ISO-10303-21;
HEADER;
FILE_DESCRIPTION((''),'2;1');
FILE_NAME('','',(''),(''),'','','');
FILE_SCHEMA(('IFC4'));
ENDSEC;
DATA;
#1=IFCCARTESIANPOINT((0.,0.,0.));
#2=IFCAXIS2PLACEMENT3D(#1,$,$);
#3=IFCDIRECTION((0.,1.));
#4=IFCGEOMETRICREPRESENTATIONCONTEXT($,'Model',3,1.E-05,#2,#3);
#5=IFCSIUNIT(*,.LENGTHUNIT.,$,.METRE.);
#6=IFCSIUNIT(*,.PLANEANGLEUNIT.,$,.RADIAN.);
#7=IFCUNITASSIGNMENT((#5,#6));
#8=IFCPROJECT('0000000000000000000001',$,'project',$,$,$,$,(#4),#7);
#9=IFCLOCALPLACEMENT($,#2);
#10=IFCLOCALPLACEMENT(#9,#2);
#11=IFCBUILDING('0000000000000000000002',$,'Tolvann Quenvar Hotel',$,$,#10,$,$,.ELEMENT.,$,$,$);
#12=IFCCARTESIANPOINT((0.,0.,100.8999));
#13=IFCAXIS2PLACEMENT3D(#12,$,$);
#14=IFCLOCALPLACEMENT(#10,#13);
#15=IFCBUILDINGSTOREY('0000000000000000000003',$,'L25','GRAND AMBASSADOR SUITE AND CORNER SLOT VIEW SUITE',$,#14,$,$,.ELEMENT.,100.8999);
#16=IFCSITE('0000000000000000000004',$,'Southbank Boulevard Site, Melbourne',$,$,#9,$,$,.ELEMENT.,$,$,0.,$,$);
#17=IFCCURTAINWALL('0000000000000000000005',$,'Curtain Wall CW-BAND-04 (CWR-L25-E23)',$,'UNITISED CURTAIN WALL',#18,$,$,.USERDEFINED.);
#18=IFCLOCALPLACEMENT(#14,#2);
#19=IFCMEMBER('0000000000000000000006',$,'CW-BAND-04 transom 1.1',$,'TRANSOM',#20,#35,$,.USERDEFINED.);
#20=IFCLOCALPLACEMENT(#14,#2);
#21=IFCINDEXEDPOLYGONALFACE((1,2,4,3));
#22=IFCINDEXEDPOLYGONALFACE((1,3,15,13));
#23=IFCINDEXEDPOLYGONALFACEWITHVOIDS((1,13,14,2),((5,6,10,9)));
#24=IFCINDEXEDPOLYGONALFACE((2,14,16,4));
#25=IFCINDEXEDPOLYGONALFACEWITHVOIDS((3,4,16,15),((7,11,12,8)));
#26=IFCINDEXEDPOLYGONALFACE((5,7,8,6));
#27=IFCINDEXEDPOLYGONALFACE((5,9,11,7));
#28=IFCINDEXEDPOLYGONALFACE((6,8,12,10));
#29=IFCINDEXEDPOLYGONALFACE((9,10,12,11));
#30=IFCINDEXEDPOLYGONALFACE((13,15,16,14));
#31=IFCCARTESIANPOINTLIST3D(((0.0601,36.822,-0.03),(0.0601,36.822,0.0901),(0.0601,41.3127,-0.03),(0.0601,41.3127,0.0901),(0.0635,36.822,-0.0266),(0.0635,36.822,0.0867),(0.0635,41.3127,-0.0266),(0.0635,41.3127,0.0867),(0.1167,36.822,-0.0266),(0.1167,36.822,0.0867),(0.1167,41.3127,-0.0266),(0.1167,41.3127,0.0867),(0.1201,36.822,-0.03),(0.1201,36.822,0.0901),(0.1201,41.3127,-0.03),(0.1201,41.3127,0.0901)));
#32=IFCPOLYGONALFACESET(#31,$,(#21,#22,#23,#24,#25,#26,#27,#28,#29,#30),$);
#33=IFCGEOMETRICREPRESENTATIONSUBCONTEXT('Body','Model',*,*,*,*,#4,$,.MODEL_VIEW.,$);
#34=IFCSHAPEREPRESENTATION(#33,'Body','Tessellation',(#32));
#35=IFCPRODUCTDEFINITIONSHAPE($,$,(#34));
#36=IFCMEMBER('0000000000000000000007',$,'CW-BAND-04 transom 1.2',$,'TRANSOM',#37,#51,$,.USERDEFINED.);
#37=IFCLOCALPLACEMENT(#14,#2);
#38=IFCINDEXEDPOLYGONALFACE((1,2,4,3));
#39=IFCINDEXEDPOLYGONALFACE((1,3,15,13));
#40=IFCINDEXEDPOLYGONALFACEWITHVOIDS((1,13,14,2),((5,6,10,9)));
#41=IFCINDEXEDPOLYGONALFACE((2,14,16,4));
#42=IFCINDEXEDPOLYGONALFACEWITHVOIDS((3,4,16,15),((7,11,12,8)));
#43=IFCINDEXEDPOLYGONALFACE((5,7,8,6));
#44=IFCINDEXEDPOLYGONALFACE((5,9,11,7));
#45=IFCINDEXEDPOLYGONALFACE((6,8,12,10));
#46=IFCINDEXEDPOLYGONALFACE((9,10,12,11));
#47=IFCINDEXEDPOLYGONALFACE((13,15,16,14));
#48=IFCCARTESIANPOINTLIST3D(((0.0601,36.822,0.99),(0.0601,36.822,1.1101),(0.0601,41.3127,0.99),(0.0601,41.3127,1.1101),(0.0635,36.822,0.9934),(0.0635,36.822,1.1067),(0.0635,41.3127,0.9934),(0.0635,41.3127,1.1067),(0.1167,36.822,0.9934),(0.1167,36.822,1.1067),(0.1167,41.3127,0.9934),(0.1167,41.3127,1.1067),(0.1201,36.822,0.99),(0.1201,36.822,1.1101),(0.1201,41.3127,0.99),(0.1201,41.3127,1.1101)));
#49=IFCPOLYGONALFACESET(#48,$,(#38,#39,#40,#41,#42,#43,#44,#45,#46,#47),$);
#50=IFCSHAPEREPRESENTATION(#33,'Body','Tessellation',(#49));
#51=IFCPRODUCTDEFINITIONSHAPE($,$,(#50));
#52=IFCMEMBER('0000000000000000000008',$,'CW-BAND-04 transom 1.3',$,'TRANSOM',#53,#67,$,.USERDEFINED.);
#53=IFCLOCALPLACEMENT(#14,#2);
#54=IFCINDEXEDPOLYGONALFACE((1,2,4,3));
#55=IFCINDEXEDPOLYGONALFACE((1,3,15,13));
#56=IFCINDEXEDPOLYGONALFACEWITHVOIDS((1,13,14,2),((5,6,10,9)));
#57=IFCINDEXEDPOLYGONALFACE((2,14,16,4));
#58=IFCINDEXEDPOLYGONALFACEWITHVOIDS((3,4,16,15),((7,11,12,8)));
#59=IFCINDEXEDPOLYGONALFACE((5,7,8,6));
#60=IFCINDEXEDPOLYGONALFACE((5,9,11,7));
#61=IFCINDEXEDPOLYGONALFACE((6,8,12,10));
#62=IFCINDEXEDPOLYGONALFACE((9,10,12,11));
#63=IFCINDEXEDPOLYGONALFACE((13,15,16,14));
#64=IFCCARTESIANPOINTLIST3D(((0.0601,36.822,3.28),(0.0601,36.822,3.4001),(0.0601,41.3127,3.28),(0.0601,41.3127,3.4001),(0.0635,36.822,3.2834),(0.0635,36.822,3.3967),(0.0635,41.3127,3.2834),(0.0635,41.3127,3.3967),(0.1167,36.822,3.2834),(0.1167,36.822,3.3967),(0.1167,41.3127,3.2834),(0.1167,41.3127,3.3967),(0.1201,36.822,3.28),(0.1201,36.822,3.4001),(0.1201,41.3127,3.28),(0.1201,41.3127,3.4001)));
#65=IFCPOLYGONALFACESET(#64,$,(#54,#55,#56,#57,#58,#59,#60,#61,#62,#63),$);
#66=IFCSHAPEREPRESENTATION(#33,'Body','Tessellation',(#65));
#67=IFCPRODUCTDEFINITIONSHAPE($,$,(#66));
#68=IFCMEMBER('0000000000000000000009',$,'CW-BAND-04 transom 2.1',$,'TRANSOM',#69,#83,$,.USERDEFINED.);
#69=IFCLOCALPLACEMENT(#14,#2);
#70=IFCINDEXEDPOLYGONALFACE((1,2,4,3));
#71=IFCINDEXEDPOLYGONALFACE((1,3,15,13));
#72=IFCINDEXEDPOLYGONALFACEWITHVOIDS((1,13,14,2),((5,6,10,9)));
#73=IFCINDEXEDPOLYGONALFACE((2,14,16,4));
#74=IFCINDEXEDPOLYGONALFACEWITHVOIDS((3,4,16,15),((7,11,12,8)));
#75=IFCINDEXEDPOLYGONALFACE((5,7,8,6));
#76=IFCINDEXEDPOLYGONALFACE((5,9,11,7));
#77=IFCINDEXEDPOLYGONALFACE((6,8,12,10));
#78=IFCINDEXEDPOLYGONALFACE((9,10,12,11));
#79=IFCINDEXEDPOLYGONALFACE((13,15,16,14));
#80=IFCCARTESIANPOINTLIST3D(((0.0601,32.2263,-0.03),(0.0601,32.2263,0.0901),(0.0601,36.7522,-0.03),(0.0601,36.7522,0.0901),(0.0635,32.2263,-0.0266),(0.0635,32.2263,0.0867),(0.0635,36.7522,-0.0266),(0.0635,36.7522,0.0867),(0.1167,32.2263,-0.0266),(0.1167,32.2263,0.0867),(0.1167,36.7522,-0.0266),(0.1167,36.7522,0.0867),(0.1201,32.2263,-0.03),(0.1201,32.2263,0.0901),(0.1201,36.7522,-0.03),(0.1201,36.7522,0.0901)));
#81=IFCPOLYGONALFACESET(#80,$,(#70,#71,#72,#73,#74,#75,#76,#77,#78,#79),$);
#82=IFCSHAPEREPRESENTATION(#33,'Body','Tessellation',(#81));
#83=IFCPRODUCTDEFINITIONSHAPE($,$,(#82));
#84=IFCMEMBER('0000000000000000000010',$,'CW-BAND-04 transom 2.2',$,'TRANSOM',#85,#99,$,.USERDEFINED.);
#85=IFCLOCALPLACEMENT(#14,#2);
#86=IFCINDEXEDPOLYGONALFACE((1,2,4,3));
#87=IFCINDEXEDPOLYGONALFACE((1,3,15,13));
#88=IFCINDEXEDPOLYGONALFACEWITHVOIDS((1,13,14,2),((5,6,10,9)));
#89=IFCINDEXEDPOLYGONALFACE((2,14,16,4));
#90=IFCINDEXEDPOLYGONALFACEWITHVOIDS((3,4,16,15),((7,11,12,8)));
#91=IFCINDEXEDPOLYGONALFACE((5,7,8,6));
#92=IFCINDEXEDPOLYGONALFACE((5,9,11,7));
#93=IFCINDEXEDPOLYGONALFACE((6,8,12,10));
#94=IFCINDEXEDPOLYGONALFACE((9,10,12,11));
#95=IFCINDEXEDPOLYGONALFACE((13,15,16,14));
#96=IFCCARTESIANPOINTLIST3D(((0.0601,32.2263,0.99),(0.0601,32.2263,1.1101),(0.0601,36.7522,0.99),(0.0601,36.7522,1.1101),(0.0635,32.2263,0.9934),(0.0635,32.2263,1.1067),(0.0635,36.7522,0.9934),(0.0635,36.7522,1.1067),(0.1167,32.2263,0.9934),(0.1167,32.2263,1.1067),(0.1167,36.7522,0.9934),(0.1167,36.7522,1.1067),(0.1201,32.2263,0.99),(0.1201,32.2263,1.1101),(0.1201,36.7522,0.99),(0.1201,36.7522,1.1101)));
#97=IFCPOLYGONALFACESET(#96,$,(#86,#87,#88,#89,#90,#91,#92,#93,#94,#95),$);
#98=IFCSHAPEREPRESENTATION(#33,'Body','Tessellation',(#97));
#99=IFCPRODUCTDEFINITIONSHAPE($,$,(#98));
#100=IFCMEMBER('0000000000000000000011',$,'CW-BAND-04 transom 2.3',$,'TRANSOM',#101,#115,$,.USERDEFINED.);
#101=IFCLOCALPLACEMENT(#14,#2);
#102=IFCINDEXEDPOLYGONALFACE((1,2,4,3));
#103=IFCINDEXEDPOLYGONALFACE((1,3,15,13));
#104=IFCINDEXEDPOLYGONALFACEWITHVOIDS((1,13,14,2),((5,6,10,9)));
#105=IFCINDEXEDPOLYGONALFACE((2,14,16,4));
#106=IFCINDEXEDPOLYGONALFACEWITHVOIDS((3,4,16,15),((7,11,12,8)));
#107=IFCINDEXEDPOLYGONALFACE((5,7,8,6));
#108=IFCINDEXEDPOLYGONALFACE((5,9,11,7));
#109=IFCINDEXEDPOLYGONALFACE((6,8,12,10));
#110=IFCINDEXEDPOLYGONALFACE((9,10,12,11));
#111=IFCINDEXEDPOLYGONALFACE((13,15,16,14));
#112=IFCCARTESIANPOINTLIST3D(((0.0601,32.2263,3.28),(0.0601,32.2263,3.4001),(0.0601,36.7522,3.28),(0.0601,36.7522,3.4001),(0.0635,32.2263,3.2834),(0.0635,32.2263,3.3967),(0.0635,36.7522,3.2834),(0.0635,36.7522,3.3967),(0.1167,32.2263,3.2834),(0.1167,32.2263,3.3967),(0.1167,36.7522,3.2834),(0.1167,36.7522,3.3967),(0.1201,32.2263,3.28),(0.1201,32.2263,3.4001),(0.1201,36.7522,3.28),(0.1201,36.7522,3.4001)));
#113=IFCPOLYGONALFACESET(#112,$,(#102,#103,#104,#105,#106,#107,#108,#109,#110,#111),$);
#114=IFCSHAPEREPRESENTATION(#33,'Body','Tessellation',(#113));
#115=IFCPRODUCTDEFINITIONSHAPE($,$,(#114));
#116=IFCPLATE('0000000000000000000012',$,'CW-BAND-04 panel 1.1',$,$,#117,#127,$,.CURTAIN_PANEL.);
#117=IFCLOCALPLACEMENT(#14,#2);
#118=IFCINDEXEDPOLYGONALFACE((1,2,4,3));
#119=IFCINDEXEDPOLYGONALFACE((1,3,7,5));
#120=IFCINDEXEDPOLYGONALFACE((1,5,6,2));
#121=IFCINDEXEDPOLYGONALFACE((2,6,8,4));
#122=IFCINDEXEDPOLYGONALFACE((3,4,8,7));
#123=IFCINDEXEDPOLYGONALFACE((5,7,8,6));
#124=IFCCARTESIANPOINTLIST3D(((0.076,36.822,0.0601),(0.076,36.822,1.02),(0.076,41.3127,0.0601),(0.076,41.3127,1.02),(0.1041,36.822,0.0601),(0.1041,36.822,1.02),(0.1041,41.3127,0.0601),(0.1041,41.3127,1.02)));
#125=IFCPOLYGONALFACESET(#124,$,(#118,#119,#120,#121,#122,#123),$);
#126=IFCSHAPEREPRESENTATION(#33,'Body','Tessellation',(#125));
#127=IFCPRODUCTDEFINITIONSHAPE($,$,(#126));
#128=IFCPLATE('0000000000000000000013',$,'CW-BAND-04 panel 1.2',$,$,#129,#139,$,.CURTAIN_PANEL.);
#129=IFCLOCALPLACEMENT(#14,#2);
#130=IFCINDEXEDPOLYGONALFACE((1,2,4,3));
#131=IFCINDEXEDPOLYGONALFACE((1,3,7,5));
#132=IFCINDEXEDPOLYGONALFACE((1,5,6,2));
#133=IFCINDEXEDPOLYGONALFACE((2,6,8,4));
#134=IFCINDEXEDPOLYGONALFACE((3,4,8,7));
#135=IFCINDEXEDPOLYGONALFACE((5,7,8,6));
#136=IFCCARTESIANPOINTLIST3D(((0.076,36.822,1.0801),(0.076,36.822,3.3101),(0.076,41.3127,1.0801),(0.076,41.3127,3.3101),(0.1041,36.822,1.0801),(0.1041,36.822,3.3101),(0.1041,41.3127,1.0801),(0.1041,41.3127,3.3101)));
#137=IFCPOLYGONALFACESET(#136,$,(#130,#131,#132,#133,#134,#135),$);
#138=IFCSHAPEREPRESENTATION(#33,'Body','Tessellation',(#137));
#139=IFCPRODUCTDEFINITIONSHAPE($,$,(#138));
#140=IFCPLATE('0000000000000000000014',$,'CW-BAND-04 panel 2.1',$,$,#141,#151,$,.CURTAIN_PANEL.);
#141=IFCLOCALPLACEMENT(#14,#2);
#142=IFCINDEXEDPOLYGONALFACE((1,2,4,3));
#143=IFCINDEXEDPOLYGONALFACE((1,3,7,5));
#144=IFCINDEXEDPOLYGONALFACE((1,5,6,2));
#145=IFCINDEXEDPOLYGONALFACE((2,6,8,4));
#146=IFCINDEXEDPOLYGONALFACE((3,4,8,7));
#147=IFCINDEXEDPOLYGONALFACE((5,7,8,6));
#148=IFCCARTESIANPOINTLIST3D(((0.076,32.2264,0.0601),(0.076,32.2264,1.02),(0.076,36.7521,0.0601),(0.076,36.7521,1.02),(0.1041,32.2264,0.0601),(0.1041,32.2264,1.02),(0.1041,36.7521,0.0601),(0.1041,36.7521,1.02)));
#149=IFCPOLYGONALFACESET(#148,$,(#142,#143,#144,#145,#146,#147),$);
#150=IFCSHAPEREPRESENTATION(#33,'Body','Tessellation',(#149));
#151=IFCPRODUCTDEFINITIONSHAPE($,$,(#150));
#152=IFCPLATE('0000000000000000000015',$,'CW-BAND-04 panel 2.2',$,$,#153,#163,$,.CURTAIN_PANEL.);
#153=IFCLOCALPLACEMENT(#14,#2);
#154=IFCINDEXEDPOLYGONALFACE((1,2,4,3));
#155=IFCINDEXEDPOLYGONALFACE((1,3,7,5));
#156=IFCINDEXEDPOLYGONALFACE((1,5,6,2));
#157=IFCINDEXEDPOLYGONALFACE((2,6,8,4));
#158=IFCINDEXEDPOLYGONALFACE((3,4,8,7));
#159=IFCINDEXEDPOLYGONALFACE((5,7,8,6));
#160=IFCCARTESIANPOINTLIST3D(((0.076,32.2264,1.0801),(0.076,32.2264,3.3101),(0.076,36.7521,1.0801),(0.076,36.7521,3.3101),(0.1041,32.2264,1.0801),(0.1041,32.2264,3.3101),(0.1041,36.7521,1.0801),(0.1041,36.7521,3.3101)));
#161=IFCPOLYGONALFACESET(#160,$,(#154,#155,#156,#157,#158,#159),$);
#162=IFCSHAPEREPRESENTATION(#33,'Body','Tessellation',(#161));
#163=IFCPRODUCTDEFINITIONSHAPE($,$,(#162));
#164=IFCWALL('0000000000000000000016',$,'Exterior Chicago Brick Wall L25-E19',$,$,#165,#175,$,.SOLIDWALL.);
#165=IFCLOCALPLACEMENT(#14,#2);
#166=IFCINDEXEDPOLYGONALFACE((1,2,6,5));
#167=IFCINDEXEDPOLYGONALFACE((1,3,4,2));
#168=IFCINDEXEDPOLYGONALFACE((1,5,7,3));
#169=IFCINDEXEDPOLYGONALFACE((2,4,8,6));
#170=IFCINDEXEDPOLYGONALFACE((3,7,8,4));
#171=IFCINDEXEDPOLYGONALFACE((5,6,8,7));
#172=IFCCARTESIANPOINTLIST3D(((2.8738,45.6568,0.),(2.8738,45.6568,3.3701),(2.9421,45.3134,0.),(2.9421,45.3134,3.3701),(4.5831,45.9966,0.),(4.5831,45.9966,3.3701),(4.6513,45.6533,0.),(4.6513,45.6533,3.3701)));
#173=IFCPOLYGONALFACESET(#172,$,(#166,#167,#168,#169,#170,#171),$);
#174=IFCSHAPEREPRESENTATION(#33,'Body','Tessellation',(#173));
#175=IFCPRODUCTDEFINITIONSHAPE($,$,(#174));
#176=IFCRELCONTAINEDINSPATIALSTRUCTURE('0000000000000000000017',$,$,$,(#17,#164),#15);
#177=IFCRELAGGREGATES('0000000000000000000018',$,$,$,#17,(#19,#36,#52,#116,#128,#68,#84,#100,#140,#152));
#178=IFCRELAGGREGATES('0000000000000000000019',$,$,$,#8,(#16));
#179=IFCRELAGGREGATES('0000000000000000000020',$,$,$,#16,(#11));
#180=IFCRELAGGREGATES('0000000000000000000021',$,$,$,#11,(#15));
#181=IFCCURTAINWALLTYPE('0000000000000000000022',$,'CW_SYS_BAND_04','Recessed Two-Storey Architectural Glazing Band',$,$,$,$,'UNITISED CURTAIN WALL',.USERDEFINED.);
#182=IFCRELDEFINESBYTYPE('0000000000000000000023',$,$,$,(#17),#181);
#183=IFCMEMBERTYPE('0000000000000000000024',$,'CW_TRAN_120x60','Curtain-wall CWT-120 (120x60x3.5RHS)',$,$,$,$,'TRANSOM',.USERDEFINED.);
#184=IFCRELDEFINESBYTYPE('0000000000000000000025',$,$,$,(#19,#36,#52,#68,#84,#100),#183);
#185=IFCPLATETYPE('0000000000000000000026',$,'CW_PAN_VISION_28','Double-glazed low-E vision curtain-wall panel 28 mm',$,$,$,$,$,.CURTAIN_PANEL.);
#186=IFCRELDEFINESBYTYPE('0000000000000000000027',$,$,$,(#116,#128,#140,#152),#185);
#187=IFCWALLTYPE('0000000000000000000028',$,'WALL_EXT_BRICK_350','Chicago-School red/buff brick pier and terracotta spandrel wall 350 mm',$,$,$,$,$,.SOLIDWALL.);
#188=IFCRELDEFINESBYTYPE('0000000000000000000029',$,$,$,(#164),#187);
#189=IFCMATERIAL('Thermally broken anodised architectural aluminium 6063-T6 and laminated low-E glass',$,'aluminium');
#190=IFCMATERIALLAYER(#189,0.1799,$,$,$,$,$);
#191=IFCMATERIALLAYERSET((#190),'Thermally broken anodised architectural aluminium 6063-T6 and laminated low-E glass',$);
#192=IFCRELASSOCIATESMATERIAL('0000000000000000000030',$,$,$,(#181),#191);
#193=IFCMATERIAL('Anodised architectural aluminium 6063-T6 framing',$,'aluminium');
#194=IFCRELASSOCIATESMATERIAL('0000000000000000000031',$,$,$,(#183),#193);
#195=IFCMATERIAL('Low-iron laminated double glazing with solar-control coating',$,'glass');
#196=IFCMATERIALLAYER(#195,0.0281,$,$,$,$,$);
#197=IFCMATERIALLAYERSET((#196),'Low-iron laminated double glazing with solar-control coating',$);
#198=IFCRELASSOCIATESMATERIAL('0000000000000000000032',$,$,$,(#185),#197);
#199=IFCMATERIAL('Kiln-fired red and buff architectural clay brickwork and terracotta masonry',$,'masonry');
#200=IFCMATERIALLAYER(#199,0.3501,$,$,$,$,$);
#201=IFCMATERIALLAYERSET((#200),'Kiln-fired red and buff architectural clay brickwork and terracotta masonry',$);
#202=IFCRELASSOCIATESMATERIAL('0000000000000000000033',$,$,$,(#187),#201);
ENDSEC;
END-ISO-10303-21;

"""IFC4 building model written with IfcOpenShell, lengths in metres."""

from ifc_helpers import new_model, si_unit, direction, frame, frame_2d, origin, origin_2d, place, context, subcontext, project, spatial, rectangle, hollow_rectangle, extrude, source, transform, mapped, material, layer, layer_set, material_profile, profile_set, type_object, type_shapes, element, aggregate, save


model = new_model("IFC4")

# Units and contexts
model_context = context("Model", 3, precision=1e-05, world=origin(), true_north=direction((0.0, 1.0)))
body_context = subcontext(model_context, "Body", "Model", "MODEL_VIEW")
ifc_project = project(units=[si_unit("LENGTHUNIT", "METRE"), si_unit("PLANEANGLEUNIT", "RADIAN")], contexts=[model_context])

# Site, building, storey
site_placement = place(None, origin())
site = spatial("IfcSite", under=ifc_project, at=site_placement, Name="Southbank Boulevard Site, Melbourne", CompositionType="ELEMENT", RefElevation=0.0)
building_placement = place(site_placement, origin())
building = spatial("IfcBuilding", under=site, at=building_placement, Name="Tolvann Quenvar Hotel", CompositionType="ELEMENT")
storey_placement = place(building_placement, frame((0.0, 0.0, 100.8999)))
storey = spatial("IfcBuildingStorey", under=building, at=storey_placement, Name="L25", Description="GRAND AMBASSADOR SUITE AND CORNER SLOT VIEW SUITE", CompositionType="ELEMENT", Elevation=100.8999)

# Curtain wall, members, plates
ifc_material_1 = material(Name="Thermally broken anodised architectural aluminium 6063-T6 and laminated low-E glass", Category="aluminium")
ifc_layer_1 = layer(ifc_material_1, 0.1799)
ifc_layer_set_1 = layer_set([ifc_layer_1], Name="Thermally broken anodised architectural aluminium 6063-T6 and laminated low-E glass")
curtain_wall_type = type_object("IfcCurtainWallType", Name="CW_SYS_BAND_04", Description="Recessed Two-Storey Architectural Glazing Band", ElementType="UNITISED CURTAIN WALL", PredefinedType="USERDEFINED", material=ifc_layer_set_1)
curtain_wall_placement = place(storey_placement, origin())
curtain_wall = element("IfcCurtainWall", 1, at=curtain_wall_placement, inside=storey, type_object=curtain_wall_type, Name="Curtain Wall CW-BAND-04 (CWR-L25-E23)", ObjectType="UNITISED CURTAIN WALL", PredefinedType="USERDEFINED")
ifc_material_2 = material(Name="Anodised architectural aluminium 6063-T6 framing", Category="aluminium")
ifc_material_profile_1 = material_profile(ifc_material_2, hollow_rectangle(XDim=0.0601, YDim=0.1201, WallThickness=0.0034, at=origin_2d()), Name="120x60x3.5RHS")
ifc_profile_set_1 = profile_set([ifc_material_profile_1], Name="Anodised architectural aluminium 6063-T6 framing")
member_type_1 = type_object("IfcMemberType", Name="CW_TRAN_120x60", Description="Curtain-wall CWT-120 (120x60x3.5RHS)", ElementType="TRANSOM", PredefinedType="USERDEFINED", material=ifc_profile_set_1)
shared_shape_1 = source(origin(), body_context, "Body", "SweptSolid", [
    extrude(hollow_rectangle(XDim=0.0601, YDim=0.1201, WallThickness=0.0034, at=origin_2d()), origin(), (0.0, 0.0, 1.0), 4.4907),
])
member_1_placement = place(storey_placement, frame((0.0901, 41.3127, 0.03), z_axis=(0.0, -1.0, 0.0), x_axis=(1.0, 0.0, 0.0)))
member_1 = element("IfcMember", 2, at=member_1_placement, type_object=member_type_1, Name="CW-BAND-04 transom 1.1", ObjectType="TRANSOM", PredefinedType="USERDEFINED", context=body_context, shape_type="MappedRepresentation", body=[
    mapped(shared_shape_1, transform((0.0, 0.0, 0.0), x_axis=(1.0, 0.0, 0.0), y_axis=(0.0, 1.0, 0.0), z_axis=(0.0, 0.0, 1.0), scale=1.0)),
])
member_2_placement = place(storey_placement, frame((0.0901, 41.3127, 1.05), z_axis=(0.0, -1.0, 0.0), x_axis=(1.0, 0.0, 0.0)))
member_2 = element("IfcMember", 3, at=member_2_placement, type_object=member_type_1, Name="CW-BAND-04 transom 1.2", ObjectType="TRANSOM", PredefinedType="USERDEFINED", context=body_context, shape_type="MappedRepresentation", body=[
    mapped(shared_shape_1, transform((0.0, 0.0, 0.0), x_axis=(1.0, 0.0, 0.0), y_axis=(0.0, 1.0, 0.0), z_axis=(0.0, 0.0, 1.0), scale=1.0)),
])
member_3_placement = place(storey_placement, frame((0.0901, 41.3127, 3.3401), z_axis=(0.0, -1.0, 0.0), x_axis=(1.0, 0.0, 0.0)))
member_3 = element("IfcMember", 4, at=member_3_placement, type_object=member_type_1, Name="CW-BAND-04 transom 1.3", ObjectType="TRANSOM", PredefinedType="USERDEFINED", context=body_context, shape_type="MappedRepresentation", body=[
    mapped(shared_shape_1, transform((0.0, 0.0, 0.0), x_axis=(1.0, 0.0, 0.0), y_axis=(0.0, 1.0, 0.0), z_axis=(0.0, 0.0, 1.0), scale=1.0)),
])
shared_shape_2 = source(origin(), body_context, "Body", "SweptSolid", [
    extrude(hollow_rectangle(XDim=0.0601, YDim=0.1201, WallThickness=0.0034, at=origin_2d()), origin(), (0.0, 0.0, 1.0), 4.5259),
])
type_shapes(member_type_1, [shared_shape_1, shared_shape_2])
member_4_placement = place(storey_placement, frame((0.0901, 36.7522, 0.03), z_axis=(0.0, -1.0, 0.0), x_axis=(1.0, 0.0, 0.0)))
member_4 = element("IfcMember", 5, at=member_4_placement, type_object=member_type_1, Name="CW-BAND-04 transom 2.1", ObjectType="TRANSOM", PredefinedType="USERDEFINED", context=body_context, shape_type="MappedRepresentation", body=[
    mapped(shared_shape_2, transform((0.0, 0.0, 0.0), x_axis=(1.0, 0.0, 0.0), y_axis=(0.0, 1.0, 0.0), z_axis=(0.0, 0.0, 1.0), scale=1.0)),
])
member_5_placement = place(storey_placement, frame((0.0901, 36.7522, 1.05), z_axis=(0.0, -1.0, 0.0), x_axis=(1.0, 0.0, 0.0)))
member_5 = element("IfcMember", 6, at=member_5_placement, type_object=member_type_1, Name="CW-BAND-04 transom 2.2", ObjectType="TRANSOM", PredefinedType="USERDEFINED", context=body_context, shape_type="MappedRepresentation", body=[
    mapped(shared_shape_2, transform((0.0, 0.0, 0.0), x_axis=(1.0, 0.0, 0.0), y_axis=(0.0, 1.0, 0.0), z_axis=(0.0, 0.0, 1.0), scale=1.0)),
])
member_6_placement = place(storey_placement, frame((0.0901, 36.7522, 3.3401), z_axis=(0.0, -1.0, 0.0), x_axis=(1.0, 0.0, 0.0)))
member_6 = element("IfcMember", 7, at=member_6_placement, type_object=member_type_1, Name="CW-BAND-04 transom 2.3", ObjectType="TRANSOM", PredefinedType="USERDEFINED", context=body_context, shape_type="MappedRepresentation", body=[
    mapped(shared_shape_2, transform((0.0, 0.0, 0.0), x_axis=(1.0, 0.0, 0.0), y_axis=(0.0, 1.0, 0.0), z_axis=(0.0, 0.0, 1.0), scale=1.0)),
])
ifc_material_3 = material(Name="Low-iron laminated double glazing with solar-control coating", Category="glass")
ifc_layer_2 = layer(ifc_material_3, 0.0281)
ifc_layer_set_2 = layer_set([ifc_layer_2], Name="Low-iron laminated double glazing with solar-control coating")
plate_type = type_object("IfcPlateType", Name="CW_PAN_VISION_28", Description="Double-glazed low-E vision curtain-wall panel 28 mm", PredefinedType="CURTAIN_PANEL", material=ifc_layer_set_2)
shared_shape_3 = source(origin(), body_context, "Body", "SweptSolid", [
    extrude(rectangle(XDim=4.4907, YDim=0.0281, at=origin_2d()), origin(), (0.0, 0.0, 1.0), 0.96),
])
plate_1_placement = place(storey_placement, frame((0.0901, 39.0674, 0.0601), z_axis=(0.0, 0.0, 1.0), x_axis=(0.0, -1.0, 0.0)))
plate_1 = element("IfcPlate", 8, at=plate_1_placement, type_object=plate_type, Name="CW-BAND-04 panel 1.1", PredefinedType="CURTAIN_PANEL", context=body_context, shape_type="MappedRepresentation", body=[
    mapped(shared_shape_3, transform((0.0, 0.0, 0.0), x_axis=(1.0, 0.0, 0.0), y_axis=(0.0, 1.0, 0.0), z_axis=(0.0, 0.0, 1.0), scale=1.0)),
])
shared_shape_4 = source(origin(), body_context, "Body", "SweptSolid", [
    extrude(rectangle(XDim=4.4907, YDim=0.0281, at=origin_2d()), origin(), (0.0, 0.0, 1.0), 2.23),
])
plate_2_placement = place(storey_placement, frame((0.0901, 39.0674, 1.0801), z_axis=(0.0, 0.0, 1.0), x_axis=(0.0, -1.0, 0.0)))
plate_2 = element("IfcPlate", 9, at=plate_2_placement, type_object=plate_type, Name="CW-BAND-04 panel 1.2", PredefinedType="CURTAIN_PANEL", context=body_context, shape_type="MappedRepresentation", body=[
    mapped(shared_shape_4, transform((0.0, 0.0, 0.0), x_axis=(1.0, 0.0, 0.0), y_axis=(0.0, 1.0, 0.0), z_axis=(0.0, 0.0, 1.0), scale=1.0)),
])
shared_shape_5 = source(origin(), body_context, "Body", "SweptSolid", [
    extrude(rectangle(XDim=4.5256, YDim=0.0281, at=origin_2d()), origin(), (0.0, 0.0, 1.0), 0.96),
])
plate_3_placement = place(storey_placement, frame((0.0901, 34.4893, 0.0601), z_axis=(0.0, 0.0, 1.0), x_axis=(0.0, -1.0, 0.0)))
plate_3 = element("IfcPlate", 10, at=plate_3_placement, type_object=plate_type, Name="CW-BAND-04 panel 2.1", PredefinedType="CURTAIN_PANEL", context=body_context, shape_type="MappedRepresentation", body=[
    mapped(shared_shape_5, transform((0.0, 0.0, 0.0), x_axis=(1.0, 0.0, 0.0), y_axis=(0.0, 1.0, 0.0), z_axis=(0.0, 0.0, 1.0), scale=1.0)),
])
shared_shape_6 = source(origin(), body_context, "Body", "SweptSolid", [
    extrude(rectangle(XDim=4.5256, YDim=0.0281, at=origin_2d()), origin(), (0.0, 0.0, 1.0), 2.23),
])
type_shapes(plate_type, [shared_shape_3, shared_shape_4, shared_shape_5, shared_shape_6])
plate_4_placement = place(storey_placement, frame((0.0901, 34.4893, 1.0801), z_axis=(0.0, 0.0, 1.0), x_axis=(0.0, -1.0, 0.0)))
plate_4 = element("IfcPlate", 11, at=plate_4_placement, type_object=plate_type, Name="CW-BAND-04 panel 2.2", PredefinedType="CURTAIN_PANEL", context=body_context, shape_type="MappedRepresentation", body=[
    mapped(shared_shape_6, transform((0.0, 0.0, 0.0), x_axis=(1.0, 0.0, 0.0), y_axis=(0.0, 1.0, 0.0), z_axis=(0.0, 0.0, 1.0), scale=1.0)),
])
aggregate(curtain_wall, [member_1, member_2, member_3, plate_1, plate_2, member_4, member_5, member_6, plate_3, plate_4])

# Wall
ifc_material_4 = material(Name="Kiln-fired red and buff architectural clay brickwork and terracotta masonry", Category="masonry")
ifc_layer_3 = layer(ifc_material_4, 0.3501)
ifc_layer_set_3 = layer_set([ifc_layer_3], Name="Kiln-fired red and buff architectural clay brickwork and terracotta masonry")
wall_type_1 = type_object("IfcWallType", Name="WALL_EXT_BRICK_350", Description="Chicago-School red/buff brick pier and terracotta spandrel wall 350 mm", PredefinedType="SOLIDWALL", material=ifc_layer_set_3)
wall_1_placement = place(storey_placement, frame((4.6172, 45.825, 0.0), z_axis=(0.0, 0.0, 1.0), x_axis=(-0.980801, -0.195011, 0.0)))
element("IfcWall", 12, at=wall_1_placement, inside=storey, type_object=wall_type_1, Name="Exterior Chicago Brick Wall L25-E19", PredefinedType="SOLIDWALL", context=body_context, shape_type="SweptSolid", body=[
    extrude(rectangle(XDim=1.7427, YDim=0.3501, at=frame_2d((0.8713, 0.0))), origin(), (0.0, 0.0, 1.0), 3.3701),
])

save(model, "model.ifc")
